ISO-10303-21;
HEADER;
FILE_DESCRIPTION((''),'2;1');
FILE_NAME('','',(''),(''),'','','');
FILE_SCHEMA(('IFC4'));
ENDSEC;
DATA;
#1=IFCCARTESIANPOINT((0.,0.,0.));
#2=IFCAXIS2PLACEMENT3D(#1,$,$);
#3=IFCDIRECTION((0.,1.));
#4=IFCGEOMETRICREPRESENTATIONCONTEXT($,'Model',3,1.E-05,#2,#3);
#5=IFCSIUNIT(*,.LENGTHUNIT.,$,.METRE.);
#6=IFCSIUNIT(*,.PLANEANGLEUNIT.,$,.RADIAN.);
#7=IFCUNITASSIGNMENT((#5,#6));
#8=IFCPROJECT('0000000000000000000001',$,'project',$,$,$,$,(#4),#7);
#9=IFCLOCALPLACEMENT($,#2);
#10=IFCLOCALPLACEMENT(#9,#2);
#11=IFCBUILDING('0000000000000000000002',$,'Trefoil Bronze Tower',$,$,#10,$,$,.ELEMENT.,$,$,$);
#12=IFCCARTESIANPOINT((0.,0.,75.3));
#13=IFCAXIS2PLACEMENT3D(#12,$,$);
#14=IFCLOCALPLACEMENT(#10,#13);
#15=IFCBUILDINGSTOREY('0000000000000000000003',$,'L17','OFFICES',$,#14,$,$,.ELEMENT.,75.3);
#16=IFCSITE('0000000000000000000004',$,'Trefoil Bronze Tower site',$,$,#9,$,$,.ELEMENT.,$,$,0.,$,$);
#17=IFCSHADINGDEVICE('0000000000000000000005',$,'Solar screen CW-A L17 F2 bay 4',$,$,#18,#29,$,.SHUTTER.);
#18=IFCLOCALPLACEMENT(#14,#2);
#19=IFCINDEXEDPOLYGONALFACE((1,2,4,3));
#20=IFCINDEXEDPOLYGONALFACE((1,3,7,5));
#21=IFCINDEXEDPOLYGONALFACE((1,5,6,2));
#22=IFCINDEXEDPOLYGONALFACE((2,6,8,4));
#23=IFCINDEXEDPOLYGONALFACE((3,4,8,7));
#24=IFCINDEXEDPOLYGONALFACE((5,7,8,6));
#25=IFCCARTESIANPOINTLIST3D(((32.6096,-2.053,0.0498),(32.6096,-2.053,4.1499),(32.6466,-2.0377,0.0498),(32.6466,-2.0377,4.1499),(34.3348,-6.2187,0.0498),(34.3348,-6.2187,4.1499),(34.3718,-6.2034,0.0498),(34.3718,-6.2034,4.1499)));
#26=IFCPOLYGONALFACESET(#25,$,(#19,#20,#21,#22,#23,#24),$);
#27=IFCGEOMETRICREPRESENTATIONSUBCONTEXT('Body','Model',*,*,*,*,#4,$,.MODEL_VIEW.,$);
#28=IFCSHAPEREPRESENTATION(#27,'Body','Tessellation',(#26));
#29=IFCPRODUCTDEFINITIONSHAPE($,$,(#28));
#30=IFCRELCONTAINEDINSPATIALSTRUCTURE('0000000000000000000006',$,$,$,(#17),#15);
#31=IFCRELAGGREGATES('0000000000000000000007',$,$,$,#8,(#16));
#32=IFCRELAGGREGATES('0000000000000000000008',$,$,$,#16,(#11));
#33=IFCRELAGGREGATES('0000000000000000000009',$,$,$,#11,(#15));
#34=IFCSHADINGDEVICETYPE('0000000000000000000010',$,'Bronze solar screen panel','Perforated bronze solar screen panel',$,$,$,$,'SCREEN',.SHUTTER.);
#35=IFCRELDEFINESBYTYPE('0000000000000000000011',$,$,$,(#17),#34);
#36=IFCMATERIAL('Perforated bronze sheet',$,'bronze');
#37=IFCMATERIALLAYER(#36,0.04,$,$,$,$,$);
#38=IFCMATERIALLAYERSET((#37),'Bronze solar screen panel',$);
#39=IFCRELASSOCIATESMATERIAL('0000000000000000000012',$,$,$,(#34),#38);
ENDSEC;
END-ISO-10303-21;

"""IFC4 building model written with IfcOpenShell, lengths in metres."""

from ifc_helpers import new_model, si_unit, direction, frame, origin, origin_2d, place, context, subcontext, project, spatial, rectangle, extrude, material, layer, layer_set, type_object, element, save


model = new_model("IFC4")

# Units and contexts
model_context = context("Model", 3, precision=1e-05, world=origin(), true_north=direction((0.0, 1.0)))
body_context = subcontext(model_context, "Body", "Model", "MODEL_VIEW")
ifc_project = project(units=[si_unit("LENGTHUNIT", "METRE"), si_unit("PLANEANGLEUNIT", "RADIAN")], contexts=[model_context])

# Site, building, storey
site_placement = place(None, origin())
site = spatial("IfcSite", under=ifc_project, at=site_placement, Name="Trefoil Bronze Tower site", CompositionType="ELEMENT", RefElevation=0.0)
building_placement = place(site_placement, origin())
building = spatial("IfcBuilding", under=site, at=building_placement, Name="Trefoil Bronze Tower", CompositionType="ELEMENT")
storey_placement = place(building_placement, frame((0.0, 0.0, 75.3)))
storey = spatial("IfcBuildingStorey", under=building, at=storey_placement, Name="L17", Description="OFFICES", CompositionType="ELEMENT", Elevation=75.3)

# Shading device
ifc_material_1 = material(Name="Perforated bronze sheet", Category="bronze")
ifc_layer_1 = layer(ifc_material_1, 0.04)
ifc_layer_set_1 = layer_set([ifc_layer_1], Name="Bronze solar screen panel")
shading_device_type = type_object("IfcShadingDeviceType", Name="Bronze solar screen panel", Description="Perforated bronze solar screen panel", ElementType="SCREEN", PredefinedType="SHUTTER", material=ifc_layer_set_1)
shading_device_1_placement = place(storey_placement, frame((33.4907, -4.1282, 0.0498), z_axis=(0.0, 0.0, 1.0), x_axis=(-0.38263, 0.923902, 0.0)))
element("IfcShadingDevice", 1, at=shading_device_1_placement, inside=storey, type_object=shading_device_type, Name="Solar screen CW-A L17 F2 bay 4", PredefinedType="SHUTTER", context=body_context, shape_type="SweptSolid", body=[
    extrude(rectangle(XDim=4.5088, YDim=0.04, at=origin_2d()), origin(), (0.0, 0.0, 1.0), 4.1001),
])

save(model, "model.ifc")
